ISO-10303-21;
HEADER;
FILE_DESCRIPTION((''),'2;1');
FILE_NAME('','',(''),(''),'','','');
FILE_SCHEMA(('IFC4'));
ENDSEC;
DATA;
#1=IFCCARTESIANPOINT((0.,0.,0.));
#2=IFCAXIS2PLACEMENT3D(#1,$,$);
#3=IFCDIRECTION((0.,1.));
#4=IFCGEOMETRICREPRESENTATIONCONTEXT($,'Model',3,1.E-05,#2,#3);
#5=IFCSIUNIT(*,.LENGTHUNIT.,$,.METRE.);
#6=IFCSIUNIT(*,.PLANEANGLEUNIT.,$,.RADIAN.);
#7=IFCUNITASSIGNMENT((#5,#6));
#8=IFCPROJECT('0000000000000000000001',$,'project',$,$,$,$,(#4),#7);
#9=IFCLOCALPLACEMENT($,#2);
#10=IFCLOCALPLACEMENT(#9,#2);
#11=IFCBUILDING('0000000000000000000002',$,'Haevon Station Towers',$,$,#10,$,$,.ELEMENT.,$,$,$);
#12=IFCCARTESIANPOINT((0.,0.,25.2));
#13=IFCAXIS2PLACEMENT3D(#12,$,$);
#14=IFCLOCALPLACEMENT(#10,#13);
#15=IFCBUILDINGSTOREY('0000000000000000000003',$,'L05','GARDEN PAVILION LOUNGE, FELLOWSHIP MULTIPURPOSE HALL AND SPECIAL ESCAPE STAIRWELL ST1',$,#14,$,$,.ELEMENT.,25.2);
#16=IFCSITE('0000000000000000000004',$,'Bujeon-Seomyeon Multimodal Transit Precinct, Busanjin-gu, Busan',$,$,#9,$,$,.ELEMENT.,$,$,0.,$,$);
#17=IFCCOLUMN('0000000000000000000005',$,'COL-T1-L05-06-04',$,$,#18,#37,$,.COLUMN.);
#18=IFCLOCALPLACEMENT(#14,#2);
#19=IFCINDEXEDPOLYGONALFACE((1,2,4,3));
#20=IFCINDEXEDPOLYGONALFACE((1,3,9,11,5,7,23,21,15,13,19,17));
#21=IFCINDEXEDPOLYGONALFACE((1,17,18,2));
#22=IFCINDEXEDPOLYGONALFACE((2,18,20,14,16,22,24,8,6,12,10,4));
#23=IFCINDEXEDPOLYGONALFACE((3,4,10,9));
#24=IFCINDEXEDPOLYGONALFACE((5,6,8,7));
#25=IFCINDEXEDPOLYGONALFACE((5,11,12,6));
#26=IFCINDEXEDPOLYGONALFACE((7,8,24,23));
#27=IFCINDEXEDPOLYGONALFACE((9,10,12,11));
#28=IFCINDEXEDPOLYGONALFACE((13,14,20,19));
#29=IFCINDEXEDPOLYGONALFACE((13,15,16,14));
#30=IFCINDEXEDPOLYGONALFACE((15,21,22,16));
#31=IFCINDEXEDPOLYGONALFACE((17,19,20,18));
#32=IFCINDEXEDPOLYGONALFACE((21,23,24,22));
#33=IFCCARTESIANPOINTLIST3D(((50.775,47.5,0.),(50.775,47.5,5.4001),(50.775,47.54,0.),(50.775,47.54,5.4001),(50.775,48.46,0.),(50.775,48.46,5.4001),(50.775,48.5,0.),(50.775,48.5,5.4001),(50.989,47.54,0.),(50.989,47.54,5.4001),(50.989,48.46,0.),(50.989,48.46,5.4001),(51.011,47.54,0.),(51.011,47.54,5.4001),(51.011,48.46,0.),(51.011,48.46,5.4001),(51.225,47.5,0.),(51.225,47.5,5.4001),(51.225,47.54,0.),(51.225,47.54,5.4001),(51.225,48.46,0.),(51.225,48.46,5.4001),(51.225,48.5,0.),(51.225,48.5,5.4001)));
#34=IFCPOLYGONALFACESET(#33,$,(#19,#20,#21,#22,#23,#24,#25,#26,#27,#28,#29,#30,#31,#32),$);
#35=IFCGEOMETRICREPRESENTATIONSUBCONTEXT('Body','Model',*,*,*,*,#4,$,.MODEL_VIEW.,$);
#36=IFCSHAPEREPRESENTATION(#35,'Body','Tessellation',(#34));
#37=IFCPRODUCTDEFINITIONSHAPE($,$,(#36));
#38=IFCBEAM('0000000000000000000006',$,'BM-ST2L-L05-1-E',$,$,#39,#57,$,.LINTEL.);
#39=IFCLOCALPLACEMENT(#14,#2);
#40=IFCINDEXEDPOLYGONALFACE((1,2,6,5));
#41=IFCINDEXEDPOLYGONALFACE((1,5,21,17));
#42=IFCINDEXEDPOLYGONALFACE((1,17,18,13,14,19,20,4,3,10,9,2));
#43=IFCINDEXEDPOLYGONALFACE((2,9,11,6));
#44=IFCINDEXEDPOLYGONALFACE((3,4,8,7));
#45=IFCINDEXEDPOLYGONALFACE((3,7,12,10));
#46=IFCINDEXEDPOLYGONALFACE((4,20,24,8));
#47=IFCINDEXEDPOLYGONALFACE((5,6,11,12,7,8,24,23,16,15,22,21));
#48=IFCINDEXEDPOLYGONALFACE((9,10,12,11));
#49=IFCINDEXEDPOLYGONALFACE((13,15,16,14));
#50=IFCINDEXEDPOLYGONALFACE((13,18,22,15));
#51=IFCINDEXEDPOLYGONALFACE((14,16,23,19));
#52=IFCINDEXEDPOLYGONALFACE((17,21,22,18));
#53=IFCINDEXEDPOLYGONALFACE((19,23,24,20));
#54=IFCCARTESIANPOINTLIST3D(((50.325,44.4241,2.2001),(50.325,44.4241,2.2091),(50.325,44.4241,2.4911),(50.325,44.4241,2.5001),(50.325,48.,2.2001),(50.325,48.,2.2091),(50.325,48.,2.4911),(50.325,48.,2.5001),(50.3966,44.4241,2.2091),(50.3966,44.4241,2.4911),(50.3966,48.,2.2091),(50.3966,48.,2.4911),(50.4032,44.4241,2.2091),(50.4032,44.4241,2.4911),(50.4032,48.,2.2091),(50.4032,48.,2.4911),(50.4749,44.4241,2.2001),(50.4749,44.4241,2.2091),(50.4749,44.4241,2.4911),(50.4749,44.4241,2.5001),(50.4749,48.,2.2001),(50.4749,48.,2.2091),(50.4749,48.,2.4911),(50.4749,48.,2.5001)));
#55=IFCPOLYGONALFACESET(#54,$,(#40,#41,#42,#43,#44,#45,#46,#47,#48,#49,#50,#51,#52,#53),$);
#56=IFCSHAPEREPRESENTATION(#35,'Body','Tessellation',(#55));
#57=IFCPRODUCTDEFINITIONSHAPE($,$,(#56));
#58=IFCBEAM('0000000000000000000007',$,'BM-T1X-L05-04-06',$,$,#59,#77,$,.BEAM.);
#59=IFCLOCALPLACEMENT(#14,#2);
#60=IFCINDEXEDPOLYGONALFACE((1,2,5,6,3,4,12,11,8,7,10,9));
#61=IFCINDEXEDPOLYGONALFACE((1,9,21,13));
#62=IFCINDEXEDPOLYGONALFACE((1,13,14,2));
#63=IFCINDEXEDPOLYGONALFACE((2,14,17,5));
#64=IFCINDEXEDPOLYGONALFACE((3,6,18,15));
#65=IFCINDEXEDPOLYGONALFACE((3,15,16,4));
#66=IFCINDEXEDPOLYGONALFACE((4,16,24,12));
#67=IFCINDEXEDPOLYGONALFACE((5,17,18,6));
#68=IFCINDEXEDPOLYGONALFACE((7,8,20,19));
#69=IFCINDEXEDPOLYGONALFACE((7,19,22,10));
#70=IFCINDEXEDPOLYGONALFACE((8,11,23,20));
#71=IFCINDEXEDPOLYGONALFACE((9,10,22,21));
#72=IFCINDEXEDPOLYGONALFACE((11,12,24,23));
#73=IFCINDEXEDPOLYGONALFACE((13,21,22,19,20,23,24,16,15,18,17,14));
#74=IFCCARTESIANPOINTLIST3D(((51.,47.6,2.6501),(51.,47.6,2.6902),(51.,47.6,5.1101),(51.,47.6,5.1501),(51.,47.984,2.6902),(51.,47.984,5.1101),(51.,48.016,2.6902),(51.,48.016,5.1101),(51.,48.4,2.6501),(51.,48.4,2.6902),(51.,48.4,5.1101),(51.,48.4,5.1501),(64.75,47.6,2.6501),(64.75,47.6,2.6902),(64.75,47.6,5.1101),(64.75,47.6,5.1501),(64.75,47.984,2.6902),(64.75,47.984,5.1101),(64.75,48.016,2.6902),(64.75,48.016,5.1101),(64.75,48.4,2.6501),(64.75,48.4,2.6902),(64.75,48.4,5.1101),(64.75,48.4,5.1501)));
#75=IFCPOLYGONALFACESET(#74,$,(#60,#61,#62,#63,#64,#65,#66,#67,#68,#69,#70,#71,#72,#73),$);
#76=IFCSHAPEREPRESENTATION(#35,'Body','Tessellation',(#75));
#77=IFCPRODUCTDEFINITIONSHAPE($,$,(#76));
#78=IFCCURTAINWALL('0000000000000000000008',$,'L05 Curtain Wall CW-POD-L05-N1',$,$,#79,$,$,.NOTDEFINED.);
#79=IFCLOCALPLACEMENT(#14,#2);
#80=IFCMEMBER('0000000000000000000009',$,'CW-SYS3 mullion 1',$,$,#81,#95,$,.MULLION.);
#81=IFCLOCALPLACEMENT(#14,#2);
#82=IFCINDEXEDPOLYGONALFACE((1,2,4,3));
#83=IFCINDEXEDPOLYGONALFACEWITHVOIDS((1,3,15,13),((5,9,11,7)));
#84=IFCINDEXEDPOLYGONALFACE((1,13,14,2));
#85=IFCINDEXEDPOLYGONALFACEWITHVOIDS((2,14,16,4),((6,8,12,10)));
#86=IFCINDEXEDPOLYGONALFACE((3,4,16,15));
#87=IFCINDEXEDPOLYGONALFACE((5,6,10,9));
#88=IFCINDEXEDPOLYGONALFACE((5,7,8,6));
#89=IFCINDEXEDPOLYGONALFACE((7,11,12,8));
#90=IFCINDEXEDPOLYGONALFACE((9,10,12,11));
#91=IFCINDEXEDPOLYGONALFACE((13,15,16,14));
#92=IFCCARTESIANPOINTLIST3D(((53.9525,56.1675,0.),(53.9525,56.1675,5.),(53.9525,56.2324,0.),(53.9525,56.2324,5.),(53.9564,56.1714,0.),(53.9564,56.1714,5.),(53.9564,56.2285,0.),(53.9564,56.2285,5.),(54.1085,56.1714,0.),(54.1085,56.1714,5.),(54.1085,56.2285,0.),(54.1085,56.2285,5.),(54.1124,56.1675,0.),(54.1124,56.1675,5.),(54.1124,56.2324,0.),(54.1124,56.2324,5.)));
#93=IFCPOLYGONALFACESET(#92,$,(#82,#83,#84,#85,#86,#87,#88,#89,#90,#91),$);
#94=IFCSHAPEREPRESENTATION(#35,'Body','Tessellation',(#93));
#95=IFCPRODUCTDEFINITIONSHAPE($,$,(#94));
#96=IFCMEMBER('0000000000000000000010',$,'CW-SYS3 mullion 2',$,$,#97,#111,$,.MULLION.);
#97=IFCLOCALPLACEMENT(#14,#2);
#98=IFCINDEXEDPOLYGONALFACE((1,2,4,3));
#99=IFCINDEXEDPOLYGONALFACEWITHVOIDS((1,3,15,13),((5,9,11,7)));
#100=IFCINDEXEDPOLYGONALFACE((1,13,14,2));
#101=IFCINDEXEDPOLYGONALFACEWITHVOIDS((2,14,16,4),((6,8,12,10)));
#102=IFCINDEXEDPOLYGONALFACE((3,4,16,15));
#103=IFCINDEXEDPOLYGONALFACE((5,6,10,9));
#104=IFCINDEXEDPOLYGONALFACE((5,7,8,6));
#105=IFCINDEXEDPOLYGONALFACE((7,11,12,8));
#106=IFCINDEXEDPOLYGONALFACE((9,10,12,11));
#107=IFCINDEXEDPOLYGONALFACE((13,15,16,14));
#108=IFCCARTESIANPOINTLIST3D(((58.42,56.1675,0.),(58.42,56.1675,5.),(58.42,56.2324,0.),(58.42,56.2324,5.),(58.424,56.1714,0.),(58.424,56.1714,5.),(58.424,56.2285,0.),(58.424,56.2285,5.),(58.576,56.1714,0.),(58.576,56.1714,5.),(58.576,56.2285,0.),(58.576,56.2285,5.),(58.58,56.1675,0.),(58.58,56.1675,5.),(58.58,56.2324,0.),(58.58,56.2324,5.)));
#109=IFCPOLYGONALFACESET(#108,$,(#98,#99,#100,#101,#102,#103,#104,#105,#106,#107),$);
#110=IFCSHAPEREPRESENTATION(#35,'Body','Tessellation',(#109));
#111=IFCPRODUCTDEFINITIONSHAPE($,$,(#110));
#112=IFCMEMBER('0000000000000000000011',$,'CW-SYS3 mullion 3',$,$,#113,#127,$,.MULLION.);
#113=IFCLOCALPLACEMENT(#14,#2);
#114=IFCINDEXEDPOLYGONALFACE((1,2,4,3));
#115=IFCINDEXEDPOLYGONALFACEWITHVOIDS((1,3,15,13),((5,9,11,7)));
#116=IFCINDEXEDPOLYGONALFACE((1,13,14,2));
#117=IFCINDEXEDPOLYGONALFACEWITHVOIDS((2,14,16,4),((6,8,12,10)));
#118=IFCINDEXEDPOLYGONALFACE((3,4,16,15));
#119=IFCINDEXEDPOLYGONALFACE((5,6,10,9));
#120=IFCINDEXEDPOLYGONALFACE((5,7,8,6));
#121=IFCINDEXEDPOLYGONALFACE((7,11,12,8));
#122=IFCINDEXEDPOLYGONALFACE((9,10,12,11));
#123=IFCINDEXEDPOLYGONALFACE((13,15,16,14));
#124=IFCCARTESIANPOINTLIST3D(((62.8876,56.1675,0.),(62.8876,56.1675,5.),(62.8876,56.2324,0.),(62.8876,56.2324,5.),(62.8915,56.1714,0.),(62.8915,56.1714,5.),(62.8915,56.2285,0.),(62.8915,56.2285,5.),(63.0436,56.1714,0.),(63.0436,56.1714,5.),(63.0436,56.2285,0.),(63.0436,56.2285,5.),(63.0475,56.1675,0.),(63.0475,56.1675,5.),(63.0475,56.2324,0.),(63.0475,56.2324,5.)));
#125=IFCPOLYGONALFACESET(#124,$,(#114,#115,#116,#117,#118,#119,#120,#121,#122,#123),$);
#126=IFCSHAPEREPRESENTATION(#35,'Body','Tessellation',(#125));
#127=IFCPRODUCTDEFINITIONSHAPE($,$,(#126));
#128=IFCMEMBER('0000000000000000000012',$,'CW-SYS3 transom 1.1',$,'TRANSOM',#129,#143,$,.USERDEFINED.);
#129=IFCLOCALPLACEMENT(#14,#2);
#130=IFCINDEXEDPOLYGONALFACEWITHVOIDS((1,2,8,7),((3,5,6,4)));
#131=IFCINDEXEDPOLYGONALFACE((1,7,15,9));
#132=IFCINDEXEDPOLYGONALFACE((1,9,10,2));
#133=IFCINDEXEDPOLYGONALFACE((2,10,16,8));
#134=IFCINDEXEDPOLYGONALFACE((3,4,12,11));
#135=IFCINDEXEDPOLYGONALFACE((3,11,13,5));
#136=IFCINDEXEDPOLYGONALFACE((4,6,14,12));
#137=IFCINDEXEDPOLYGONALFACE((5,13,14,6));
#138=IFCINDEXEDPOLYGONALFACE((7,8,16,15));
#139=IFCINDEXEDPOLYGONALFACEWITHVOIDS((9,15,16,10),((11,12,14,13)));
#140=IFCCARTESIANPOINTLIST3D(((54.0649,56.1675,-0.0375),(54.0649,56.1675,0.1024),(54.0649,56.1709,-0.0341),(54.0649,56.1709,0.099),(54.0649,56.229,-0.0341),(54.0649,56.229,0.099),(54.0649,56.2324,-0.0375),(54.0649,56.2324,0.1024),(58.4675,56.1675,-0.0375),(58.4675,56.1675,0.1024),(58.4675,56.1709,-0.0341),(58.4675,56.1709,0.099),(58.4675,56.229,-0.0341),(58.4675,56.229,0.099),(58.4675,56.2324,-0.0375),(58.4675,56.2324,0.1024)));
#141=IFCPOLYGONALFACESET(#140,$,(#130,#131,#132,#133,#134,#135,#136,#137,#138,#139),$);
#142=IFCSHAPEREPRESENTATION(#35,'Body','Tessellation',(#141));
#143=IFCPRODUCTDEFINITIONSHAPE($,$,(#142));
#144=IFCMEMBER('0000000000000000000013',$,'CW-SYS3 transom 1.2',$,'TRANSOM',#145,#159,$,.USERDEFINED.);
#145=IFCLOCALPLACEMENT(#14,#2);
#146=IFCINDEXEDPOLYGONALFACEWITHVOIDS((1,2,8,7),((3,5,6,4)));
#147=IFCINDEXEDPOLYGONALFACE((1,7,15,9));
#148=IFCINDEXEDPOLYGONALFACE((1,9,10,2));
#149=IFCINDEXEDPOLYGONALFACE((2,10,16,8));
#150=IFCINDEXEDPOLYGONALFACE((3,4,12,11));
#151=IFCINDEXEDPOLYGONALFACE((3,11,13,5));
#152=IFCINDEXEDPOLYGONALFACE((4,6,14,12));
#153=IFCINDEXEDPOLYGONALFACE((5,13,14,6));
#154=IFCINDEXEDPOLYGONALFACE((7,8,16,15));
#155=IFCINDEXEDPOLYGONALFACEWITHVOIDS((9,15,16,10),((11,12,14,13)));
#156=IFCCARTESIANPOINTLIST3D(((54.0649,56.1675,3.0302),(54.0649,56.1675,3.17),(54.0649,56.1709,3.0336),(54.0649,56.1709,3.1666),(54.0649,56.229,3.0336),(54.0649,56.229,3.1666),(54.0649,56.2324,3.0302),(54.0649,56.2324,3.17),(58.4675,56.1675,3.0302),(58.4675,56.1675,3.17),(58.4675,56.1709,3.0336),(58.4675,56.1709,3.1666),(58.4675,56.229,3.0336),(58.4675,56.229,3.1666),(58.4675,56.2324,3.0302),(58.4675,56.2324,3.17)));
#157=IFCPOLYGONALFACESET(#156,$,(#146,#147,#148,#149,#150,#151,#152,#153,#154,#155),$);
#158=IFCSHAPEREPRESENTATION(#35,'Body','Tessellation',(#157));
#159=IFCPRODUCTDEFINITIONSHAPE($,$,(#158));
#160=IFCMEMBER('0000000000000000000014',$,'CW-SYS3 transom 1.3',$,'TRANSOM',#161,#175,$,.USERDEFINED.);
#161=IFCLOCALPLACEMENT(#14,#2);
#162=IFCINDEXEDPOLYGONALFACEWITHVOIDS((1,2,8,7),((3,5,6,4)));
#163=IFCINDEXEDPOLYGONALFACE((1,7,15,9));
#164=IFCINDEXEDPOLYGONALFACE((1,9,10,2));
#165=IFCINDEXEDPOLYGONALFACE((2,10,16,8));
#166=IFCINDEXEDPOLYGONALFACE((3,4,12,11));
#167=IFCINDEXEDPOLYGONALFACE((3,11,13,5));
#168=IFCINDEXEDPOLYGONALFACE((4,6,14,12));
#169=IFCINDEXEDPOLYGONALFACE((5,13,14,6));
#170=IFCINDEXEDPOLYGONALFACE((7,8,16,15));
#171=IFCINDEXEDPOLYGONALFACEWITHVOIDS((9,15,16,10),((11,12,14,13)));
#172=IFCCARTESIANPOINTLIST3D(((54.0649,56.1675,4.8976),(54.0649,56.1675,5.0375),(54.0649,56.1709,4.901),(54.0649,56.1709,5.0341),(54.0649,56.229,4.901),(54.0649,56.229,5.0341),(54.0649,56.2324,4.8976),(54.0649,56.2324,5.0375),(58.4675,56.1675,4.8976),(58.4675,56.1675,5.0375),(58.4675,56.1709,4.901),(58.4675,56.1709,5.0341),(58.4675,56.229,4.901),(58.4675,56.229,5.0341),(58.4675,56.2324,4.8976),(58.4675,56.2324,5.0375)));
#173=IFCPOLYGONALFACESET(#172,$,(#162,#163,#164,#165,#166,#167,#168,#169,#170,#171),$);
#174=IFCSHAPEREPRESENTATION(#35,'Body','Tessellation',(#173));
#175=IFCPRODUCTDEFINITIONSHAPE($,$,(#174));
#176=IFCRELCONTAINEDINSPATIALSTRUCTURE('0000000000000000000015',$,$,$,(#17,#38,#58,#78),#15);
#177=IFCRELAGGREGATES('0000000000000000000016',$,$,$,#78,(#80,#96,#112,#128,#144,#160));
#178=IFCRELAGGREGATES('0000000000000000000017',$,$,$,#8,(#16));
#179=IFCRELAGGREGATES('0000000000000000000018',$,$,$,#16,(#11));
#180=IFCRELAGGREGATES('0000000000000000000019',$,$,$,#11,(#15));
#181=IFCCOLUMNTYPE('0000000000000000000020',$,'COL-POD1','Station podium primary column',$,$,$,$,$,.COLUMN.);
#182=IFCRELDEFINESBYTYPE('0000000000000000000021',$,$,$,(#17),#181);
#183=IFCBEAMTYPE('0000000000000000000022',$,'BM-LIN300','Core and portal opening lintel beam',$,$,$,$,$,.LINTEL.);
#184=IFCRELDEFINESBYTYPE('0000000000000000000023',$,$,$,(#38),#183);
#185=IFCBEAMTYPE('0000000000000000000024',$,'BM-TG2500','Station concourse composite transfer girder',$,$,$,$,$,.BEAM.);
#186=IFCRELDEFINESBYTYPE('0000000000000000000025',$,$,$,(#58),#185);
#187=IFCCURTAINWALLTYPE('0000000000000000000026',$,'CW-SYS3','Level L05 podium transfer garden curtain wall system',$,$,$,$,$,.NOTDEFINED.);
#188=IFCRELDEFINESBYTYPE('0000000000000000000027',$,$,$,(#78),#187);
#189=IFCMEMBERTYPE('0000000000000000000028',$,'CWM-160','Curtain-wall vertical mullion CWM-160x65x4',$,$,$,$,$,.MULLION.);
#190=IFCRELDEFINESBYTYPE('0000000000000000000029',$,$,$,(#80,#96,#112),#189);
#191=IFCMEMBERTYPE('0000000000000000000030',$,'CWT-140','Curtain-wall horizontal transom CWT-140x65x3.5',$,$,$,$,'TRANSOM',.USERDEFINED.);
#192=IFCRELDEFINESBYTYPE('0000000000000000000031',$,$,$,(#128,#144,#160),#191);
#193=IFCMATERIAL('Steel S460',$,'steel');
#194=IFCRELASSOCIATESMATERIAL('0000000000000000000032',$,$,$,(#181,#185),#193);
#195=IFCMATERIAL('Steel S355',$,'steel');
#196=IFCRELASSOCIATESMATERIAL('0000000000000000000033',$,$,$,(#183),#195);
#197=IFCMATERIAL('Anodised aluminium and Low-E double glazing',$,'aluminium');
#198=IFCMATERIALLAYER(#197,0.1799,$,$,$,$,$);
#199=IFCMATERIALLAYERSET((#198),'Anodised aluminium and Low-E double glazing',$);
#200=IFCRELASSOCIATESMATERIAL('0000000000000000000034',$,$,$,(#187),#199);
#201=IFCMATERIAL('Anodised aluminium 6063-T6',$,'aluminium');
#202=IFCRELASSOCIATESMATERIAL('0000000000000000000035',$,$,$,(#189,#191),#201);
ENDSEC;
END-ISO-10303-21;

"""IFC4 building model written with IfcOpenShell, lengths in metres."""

from ifc_helpers import new_model, si_unit, direction, frame, origin, origin_2d, place, context, subcontext, project, spatial, hollow_rectangle, i_section, extrude, material, layer, layer_set, material_profile, profile_set, type_object, element, aggregate, save


model = new_model("IFC4")

# Units and contexts
model_context = context("Model", 3, precision=1e-05, world=origin(), true_north=direction((0.0, 1.0)))
body_context = subcontext(model_context, "Body", "Model", "MODEL_VIEW")
ifc_project = project(units=[si_unit("LENGTHUNIT", "METRE"), si_unit("PLANEANGLEUNIT", "RADIAN")], contexts=[model_context])

# Site, building, storey
site_placement = place(None, origin())
site = spatial("IfcSite", under=ifc_project, at=site_placement, Name="Bujeon-Seomyeon Multimodal Transit Precinct, Busanjin-gu, Busan", CompositionType="ELEMENT", RefElevation=0.0)
building_placement = place(site_placement, origin())
building = spatial("IfcBuilding", under=site, at=building_placement, Name="Haevon Station Towers", CompositionType="ELEMENT")
storey_placement = place(building_placement, frame((0.0, 0.0, 25.2)))
storey = spatial("IfcBuildingStorey", under=building, at=storey_placement, Name="L05", Description="GARDEN PAVILION LOUNGE, FELLOWSHIP MULTIPURPOSE HALL AND SPECIAL ESCAPE STAIRWELL ST1", CompositionType="ELEMENT", Elevation=25.2)

# Column
ifc_material_1 = material(Name="Steel S460", Category="steel")
ifc_material_profile_1 = material_profile(ifc_material_1, i_section(OverallWidth=0.45, OverallDepth=1.0, WebThickness=0.022, FlangeThickness=0.04, at=origin_2d()), Name="H-1000x450x22x40")
ifc_profile_set_1 = profile_set([ifc_material_profile_1], Name="Steel S460")
column_type = type_object("IfcColumnType", Name="COL-POD1", Description="Station podium primary column", PredefinedType="COLUMN", material=ifc_profile_set_1)
column_placement = place(storey_placement, frame((51.0, 48.0, 0.0), z_axis=(0.0, 0.0, 1.0), x_axis=(1.0, 0.0, 0.0)))
element("IfcColumn", 1, at=column_placement, inside=storey, type_object=column_type, Name="COL-T1-L05-06-04", PredefinedType="COLUMN", context=body_context, shape_type="SweptSolid", body=[
    extrude(i_section(OverallWidth=0.45, OverallDepth=1.0, WebThickness=0.022, FlangeThickness=0.04, at=origin_2d()), origin(), (0.0, 0.0, 1.0), 5.4001),
])

# Beams
ifc_material_2 = material(Name="Steel S355", Category="steel")
ifc_material_profile_2 = material_profile(ifc_material_2, i_section(OverallWidth=0.1499, OverallDepth=0.3, WebThickness=0.0066, FlangeThickness=0.009, at=origin_2d()), Name="H-300x150x6.5x9")
ifc_profile_set_2 = profile_set([ifc_material_profile_2], Name="Steel S355")
beam_type_1 = type_object("IfcBeamType", Name="BM-LIN300", Description="Core and portal opening lintel beam", PredefinedType="LINTEL", material=ifc_profile_set_2)
beam_1_placement = place(storey_placement, frame((50.3999, 44.4241, 2.3501), z_axis=(0.0, 1.0, 0.0), x_axis=(-1.0, 0.0, 0.0)))
element("IfcBeam", 2, at=beam_1_placement, inside=storey, type_object=beam_type_1, Name="BM-ST2L-L05-1-E", PredefinedType="LINTEL", context=body_context, shape_type="SweptSolid", body=[
    extrude(i_section(OverallWidth=0.1499, OverallDepth=0.3, WebThickness=0.0066, FlangeThickness=0.009, at=origin_2d()), origin(), (0.0, 0.0, 1.0), 3.5759),
])
ifc_material_profile_3 = material_profile(ifc_material_1, i_section(OverallWidth=0.8, OverallDepth=2.5, WebThickness=0.032, FlangeThickness=0.04, at=origin_2d()), Name="H-2500x800x32x40")
ifc_profile_set_3 = profile_set([ifc_material_profile_3], Name="Steel S460")
beam_type_2 = type_object("IfcBeamType", Name="BM-TG2500", Description="Station concourse composite transfer girder", PredefinedType="BEAM", material=ifc_profile_set_3)
beam_2_placement = place(storey_placement, frame((51.0, 48.0, 3.9001), z_axis=(1.0, 0.0, 0.0), x_axis=(0.0, 1.0, 0.0)))
element("IfcBeam", 3, at=beam_2_placement, inside=storey, type_object=beam_type_2, Name="BM-T1X-L05-04-06", PredefinedType="BEAM", context=body_context, shape_type="SweptSolid", body=[
    extrude(i_section(OverallWidth=0.8, OverallDepth=2.5, WebThickness=0.032, FlangeThickness=0.04, at=origin_2d()), origin(), (0.0, 0.0, 1.0), 13.75),
])

# Curtain wall, members
ifc_material_3 = material(Name="Anodised aluminium and Low-E double glazing", Category="aluminium")
ifc_layer_1 = layer(ifc_material_3, 0.1799)
ifc_layer_set_1 = layer_set([ifc_layer_1], Name="Anodised aluminium and Low-E double glazing")
curtain_wall_type = type_object("IfcCurtainWallType", Name="CW-SYS3", Description="Level L05 podium transfer garden curtain wall system", PredefinedType="NOTDEFINED", material=ifc_layer_set_1)
curtain_wall_placement = place(storey_placement, origin())
curtain_wall = element("IfcCurtainWall", 4, at=curtain_wall_placement, inside=storey, type_object=curtain_wall_type, Name="L05 Curtain Wall CW-POD-L05-N1", PredefinedType="NOTDEFINED")
ifc_material_4 = material(Name="Anodised aluminium 6063-T6", Category="aluminium")
ifc_material_profile_4 = material_profile(ifc_material_4, hollow_rectangle(XDim=0.0649, YDim=0.1599, WallThickness=0.0039, at=origin_2d()), Name="CWM-160x65x4")
ifc_profile_set_4 = profile_set([ifc_material_profile_4], Name="Anodised aluminium 6063-T6")
member_type_1 = type_object("IfcMemberType", Name="CWM-160", Description="Curtain-wall vertical mullion CWM-160x65x4", PredefinedType="MULLION", material=ifc_profile_set_4)
member_1_placement = place(storey_placement, frame((54.0325, 56.2, 0.0), z_axis=(0.0, 0.0, 1.0), x_axis=(0.0, 1.0, 0.0)))
member_1 = element("IfcMember", 5, at=member_1_placement, type_object=member_type_1, Name="CW-SYS3 mullion 1", PredefinedType="MULLION", context=body_context, shape_type="SweptSolid", body=[
    extrude(hollow_rectangle(XDim=0.0649, YDim=0.1599, WallThickness=0.0039, at=origin_2d()), origin(), (0.0, 0.0, 1.0), 5.0),
])
member_2_placement = place(storey_placement, frame((58.5, 56.2, 0.0), z_axis=(0.0, 0.0, 1.0), x_axis=(0.0, 1.0, 0.0)))
member_2 = element("IfcMember", 6, at=member_2_placement, type_object=member_type_1, Name="CW-SYS3 mullion 2", PredefinedType="MULLION", context=body_context, shape_type="SweptSolid", body=[
    extrude(hollow_rectangle(XDim=0.0649, YDim=0.1599, WallThickness=0.0039, at=origin_2d()), origin(), (0.0, 0.0, 1.0), 5.0),
])
member_3_placement = place(storey_placement, frame((62.9675, 56.2, 0.0), z_axis=(0.0, 0.0, 1.0), x_axis=(0.0, 1.0, 0.0)))
member_3 = element("IfcMember", 7, at=member_3_placement, type_object=member_type_1, Name="CW-SYS3 mullion 3", PredefinedType="MULLION", context=body_context, shape_type="SweptSolid", body=[
    extrude(hollow_rectangle(XDim=0.0649, YDim=0.1599, WallThickness=0.0039, at=origin_2d()), origin(), (0.0, 0.0, 1.0), 5.0),
])
ifc_material_profile_5 = material_profile(ifc_material_4, hollow_rectangle(XDim=0.0649, YDim=0.1399, WallThickness=0.0034, at=origin_2d()), Name="CWT-140x65x3.5")
ifc_profile_set_5 = profile_set([ifc_material_profile_5], Name="Anodised aluminium 6063-T6")
member_type_2 = type_object("IfcMemberType", Name="CWT-140", Description="Curtain-wall horizontal transom CWT-140x65x3.5", ElementType="TRANSOM", PredefinedType="USERDEFINED", material=ifc_profile_set_5)
member_4_placement = place(storey_placement, frame((54.0649, 56.2, 0.0325), z_axis=(1.0, 0.0, 0.0), x_axis=(0.0, 1.0, 0.0)))
member_4 = element("IfcMember", 8, at=member_4_placement, type_object=member_type_2, Name="CW-SYS3 transom 1.1", ObjectType="TRANSOM", PredefinedType="USERDEFINED", context=body_context, shape_type="SweptSolid", body=[
    extrude(hollow_rectangle(XDim=0.0649, YDim=0.1399, WallThickness=0.0034, at=origin_2d()), origin(), (0.0, 0.0, 1.0), 4.4026),
])
member_5_placement = place(storey_placement, frame((54.0649, 56.2, 3.1001), z_axis=(1.0, 0.0, 0.0), x_axis=(0.0, 1.0, 0.0)))
member_5 = element("IfcMember", 9, at=member_5_placement, type_object=member_type_2, Name="CW-SYS3 transom 1.2", ObjectType="TRANSOM", PredefinedType="USERDEFINED", context=body_context, shape_type="SweptSolid", body=[
    extrude(hollow_rectangle(XDim=0.0649, YDim=0.1399, WallThickness=0.0034, at=origin_2d()), origin(), (0.0, 0.0, 1.0), 4.4026),
])
member_6_placement = place(storey_placement, frame((54.0649, 56.2, 4.9675), z_axis=(1.0, 0.0, 0.0), x_axis=(0.0, 1.0, 0.0)))
member_6 = element("IfcMember", 10, at=member_6_placement, type_object=member_type_2, Name="CW-SYS3 transom 1.3", ObjectType="TRANSOM", PredefinedType="USERDEFINED", context=body_context, shape_type="SweptSolid", body=[
    extrude(hollow_rectangle(XDim=0.0649, YDim=0.1399, WallThickness=0.0034, at=origin_2d()), origin(), (0.0, 0.0, 1.0), 4.4026),
])
aggregate(curtain_wall, [member_1, member_2, member_3, member_4, member_5, member_6])

save(model, "model.ifc")
